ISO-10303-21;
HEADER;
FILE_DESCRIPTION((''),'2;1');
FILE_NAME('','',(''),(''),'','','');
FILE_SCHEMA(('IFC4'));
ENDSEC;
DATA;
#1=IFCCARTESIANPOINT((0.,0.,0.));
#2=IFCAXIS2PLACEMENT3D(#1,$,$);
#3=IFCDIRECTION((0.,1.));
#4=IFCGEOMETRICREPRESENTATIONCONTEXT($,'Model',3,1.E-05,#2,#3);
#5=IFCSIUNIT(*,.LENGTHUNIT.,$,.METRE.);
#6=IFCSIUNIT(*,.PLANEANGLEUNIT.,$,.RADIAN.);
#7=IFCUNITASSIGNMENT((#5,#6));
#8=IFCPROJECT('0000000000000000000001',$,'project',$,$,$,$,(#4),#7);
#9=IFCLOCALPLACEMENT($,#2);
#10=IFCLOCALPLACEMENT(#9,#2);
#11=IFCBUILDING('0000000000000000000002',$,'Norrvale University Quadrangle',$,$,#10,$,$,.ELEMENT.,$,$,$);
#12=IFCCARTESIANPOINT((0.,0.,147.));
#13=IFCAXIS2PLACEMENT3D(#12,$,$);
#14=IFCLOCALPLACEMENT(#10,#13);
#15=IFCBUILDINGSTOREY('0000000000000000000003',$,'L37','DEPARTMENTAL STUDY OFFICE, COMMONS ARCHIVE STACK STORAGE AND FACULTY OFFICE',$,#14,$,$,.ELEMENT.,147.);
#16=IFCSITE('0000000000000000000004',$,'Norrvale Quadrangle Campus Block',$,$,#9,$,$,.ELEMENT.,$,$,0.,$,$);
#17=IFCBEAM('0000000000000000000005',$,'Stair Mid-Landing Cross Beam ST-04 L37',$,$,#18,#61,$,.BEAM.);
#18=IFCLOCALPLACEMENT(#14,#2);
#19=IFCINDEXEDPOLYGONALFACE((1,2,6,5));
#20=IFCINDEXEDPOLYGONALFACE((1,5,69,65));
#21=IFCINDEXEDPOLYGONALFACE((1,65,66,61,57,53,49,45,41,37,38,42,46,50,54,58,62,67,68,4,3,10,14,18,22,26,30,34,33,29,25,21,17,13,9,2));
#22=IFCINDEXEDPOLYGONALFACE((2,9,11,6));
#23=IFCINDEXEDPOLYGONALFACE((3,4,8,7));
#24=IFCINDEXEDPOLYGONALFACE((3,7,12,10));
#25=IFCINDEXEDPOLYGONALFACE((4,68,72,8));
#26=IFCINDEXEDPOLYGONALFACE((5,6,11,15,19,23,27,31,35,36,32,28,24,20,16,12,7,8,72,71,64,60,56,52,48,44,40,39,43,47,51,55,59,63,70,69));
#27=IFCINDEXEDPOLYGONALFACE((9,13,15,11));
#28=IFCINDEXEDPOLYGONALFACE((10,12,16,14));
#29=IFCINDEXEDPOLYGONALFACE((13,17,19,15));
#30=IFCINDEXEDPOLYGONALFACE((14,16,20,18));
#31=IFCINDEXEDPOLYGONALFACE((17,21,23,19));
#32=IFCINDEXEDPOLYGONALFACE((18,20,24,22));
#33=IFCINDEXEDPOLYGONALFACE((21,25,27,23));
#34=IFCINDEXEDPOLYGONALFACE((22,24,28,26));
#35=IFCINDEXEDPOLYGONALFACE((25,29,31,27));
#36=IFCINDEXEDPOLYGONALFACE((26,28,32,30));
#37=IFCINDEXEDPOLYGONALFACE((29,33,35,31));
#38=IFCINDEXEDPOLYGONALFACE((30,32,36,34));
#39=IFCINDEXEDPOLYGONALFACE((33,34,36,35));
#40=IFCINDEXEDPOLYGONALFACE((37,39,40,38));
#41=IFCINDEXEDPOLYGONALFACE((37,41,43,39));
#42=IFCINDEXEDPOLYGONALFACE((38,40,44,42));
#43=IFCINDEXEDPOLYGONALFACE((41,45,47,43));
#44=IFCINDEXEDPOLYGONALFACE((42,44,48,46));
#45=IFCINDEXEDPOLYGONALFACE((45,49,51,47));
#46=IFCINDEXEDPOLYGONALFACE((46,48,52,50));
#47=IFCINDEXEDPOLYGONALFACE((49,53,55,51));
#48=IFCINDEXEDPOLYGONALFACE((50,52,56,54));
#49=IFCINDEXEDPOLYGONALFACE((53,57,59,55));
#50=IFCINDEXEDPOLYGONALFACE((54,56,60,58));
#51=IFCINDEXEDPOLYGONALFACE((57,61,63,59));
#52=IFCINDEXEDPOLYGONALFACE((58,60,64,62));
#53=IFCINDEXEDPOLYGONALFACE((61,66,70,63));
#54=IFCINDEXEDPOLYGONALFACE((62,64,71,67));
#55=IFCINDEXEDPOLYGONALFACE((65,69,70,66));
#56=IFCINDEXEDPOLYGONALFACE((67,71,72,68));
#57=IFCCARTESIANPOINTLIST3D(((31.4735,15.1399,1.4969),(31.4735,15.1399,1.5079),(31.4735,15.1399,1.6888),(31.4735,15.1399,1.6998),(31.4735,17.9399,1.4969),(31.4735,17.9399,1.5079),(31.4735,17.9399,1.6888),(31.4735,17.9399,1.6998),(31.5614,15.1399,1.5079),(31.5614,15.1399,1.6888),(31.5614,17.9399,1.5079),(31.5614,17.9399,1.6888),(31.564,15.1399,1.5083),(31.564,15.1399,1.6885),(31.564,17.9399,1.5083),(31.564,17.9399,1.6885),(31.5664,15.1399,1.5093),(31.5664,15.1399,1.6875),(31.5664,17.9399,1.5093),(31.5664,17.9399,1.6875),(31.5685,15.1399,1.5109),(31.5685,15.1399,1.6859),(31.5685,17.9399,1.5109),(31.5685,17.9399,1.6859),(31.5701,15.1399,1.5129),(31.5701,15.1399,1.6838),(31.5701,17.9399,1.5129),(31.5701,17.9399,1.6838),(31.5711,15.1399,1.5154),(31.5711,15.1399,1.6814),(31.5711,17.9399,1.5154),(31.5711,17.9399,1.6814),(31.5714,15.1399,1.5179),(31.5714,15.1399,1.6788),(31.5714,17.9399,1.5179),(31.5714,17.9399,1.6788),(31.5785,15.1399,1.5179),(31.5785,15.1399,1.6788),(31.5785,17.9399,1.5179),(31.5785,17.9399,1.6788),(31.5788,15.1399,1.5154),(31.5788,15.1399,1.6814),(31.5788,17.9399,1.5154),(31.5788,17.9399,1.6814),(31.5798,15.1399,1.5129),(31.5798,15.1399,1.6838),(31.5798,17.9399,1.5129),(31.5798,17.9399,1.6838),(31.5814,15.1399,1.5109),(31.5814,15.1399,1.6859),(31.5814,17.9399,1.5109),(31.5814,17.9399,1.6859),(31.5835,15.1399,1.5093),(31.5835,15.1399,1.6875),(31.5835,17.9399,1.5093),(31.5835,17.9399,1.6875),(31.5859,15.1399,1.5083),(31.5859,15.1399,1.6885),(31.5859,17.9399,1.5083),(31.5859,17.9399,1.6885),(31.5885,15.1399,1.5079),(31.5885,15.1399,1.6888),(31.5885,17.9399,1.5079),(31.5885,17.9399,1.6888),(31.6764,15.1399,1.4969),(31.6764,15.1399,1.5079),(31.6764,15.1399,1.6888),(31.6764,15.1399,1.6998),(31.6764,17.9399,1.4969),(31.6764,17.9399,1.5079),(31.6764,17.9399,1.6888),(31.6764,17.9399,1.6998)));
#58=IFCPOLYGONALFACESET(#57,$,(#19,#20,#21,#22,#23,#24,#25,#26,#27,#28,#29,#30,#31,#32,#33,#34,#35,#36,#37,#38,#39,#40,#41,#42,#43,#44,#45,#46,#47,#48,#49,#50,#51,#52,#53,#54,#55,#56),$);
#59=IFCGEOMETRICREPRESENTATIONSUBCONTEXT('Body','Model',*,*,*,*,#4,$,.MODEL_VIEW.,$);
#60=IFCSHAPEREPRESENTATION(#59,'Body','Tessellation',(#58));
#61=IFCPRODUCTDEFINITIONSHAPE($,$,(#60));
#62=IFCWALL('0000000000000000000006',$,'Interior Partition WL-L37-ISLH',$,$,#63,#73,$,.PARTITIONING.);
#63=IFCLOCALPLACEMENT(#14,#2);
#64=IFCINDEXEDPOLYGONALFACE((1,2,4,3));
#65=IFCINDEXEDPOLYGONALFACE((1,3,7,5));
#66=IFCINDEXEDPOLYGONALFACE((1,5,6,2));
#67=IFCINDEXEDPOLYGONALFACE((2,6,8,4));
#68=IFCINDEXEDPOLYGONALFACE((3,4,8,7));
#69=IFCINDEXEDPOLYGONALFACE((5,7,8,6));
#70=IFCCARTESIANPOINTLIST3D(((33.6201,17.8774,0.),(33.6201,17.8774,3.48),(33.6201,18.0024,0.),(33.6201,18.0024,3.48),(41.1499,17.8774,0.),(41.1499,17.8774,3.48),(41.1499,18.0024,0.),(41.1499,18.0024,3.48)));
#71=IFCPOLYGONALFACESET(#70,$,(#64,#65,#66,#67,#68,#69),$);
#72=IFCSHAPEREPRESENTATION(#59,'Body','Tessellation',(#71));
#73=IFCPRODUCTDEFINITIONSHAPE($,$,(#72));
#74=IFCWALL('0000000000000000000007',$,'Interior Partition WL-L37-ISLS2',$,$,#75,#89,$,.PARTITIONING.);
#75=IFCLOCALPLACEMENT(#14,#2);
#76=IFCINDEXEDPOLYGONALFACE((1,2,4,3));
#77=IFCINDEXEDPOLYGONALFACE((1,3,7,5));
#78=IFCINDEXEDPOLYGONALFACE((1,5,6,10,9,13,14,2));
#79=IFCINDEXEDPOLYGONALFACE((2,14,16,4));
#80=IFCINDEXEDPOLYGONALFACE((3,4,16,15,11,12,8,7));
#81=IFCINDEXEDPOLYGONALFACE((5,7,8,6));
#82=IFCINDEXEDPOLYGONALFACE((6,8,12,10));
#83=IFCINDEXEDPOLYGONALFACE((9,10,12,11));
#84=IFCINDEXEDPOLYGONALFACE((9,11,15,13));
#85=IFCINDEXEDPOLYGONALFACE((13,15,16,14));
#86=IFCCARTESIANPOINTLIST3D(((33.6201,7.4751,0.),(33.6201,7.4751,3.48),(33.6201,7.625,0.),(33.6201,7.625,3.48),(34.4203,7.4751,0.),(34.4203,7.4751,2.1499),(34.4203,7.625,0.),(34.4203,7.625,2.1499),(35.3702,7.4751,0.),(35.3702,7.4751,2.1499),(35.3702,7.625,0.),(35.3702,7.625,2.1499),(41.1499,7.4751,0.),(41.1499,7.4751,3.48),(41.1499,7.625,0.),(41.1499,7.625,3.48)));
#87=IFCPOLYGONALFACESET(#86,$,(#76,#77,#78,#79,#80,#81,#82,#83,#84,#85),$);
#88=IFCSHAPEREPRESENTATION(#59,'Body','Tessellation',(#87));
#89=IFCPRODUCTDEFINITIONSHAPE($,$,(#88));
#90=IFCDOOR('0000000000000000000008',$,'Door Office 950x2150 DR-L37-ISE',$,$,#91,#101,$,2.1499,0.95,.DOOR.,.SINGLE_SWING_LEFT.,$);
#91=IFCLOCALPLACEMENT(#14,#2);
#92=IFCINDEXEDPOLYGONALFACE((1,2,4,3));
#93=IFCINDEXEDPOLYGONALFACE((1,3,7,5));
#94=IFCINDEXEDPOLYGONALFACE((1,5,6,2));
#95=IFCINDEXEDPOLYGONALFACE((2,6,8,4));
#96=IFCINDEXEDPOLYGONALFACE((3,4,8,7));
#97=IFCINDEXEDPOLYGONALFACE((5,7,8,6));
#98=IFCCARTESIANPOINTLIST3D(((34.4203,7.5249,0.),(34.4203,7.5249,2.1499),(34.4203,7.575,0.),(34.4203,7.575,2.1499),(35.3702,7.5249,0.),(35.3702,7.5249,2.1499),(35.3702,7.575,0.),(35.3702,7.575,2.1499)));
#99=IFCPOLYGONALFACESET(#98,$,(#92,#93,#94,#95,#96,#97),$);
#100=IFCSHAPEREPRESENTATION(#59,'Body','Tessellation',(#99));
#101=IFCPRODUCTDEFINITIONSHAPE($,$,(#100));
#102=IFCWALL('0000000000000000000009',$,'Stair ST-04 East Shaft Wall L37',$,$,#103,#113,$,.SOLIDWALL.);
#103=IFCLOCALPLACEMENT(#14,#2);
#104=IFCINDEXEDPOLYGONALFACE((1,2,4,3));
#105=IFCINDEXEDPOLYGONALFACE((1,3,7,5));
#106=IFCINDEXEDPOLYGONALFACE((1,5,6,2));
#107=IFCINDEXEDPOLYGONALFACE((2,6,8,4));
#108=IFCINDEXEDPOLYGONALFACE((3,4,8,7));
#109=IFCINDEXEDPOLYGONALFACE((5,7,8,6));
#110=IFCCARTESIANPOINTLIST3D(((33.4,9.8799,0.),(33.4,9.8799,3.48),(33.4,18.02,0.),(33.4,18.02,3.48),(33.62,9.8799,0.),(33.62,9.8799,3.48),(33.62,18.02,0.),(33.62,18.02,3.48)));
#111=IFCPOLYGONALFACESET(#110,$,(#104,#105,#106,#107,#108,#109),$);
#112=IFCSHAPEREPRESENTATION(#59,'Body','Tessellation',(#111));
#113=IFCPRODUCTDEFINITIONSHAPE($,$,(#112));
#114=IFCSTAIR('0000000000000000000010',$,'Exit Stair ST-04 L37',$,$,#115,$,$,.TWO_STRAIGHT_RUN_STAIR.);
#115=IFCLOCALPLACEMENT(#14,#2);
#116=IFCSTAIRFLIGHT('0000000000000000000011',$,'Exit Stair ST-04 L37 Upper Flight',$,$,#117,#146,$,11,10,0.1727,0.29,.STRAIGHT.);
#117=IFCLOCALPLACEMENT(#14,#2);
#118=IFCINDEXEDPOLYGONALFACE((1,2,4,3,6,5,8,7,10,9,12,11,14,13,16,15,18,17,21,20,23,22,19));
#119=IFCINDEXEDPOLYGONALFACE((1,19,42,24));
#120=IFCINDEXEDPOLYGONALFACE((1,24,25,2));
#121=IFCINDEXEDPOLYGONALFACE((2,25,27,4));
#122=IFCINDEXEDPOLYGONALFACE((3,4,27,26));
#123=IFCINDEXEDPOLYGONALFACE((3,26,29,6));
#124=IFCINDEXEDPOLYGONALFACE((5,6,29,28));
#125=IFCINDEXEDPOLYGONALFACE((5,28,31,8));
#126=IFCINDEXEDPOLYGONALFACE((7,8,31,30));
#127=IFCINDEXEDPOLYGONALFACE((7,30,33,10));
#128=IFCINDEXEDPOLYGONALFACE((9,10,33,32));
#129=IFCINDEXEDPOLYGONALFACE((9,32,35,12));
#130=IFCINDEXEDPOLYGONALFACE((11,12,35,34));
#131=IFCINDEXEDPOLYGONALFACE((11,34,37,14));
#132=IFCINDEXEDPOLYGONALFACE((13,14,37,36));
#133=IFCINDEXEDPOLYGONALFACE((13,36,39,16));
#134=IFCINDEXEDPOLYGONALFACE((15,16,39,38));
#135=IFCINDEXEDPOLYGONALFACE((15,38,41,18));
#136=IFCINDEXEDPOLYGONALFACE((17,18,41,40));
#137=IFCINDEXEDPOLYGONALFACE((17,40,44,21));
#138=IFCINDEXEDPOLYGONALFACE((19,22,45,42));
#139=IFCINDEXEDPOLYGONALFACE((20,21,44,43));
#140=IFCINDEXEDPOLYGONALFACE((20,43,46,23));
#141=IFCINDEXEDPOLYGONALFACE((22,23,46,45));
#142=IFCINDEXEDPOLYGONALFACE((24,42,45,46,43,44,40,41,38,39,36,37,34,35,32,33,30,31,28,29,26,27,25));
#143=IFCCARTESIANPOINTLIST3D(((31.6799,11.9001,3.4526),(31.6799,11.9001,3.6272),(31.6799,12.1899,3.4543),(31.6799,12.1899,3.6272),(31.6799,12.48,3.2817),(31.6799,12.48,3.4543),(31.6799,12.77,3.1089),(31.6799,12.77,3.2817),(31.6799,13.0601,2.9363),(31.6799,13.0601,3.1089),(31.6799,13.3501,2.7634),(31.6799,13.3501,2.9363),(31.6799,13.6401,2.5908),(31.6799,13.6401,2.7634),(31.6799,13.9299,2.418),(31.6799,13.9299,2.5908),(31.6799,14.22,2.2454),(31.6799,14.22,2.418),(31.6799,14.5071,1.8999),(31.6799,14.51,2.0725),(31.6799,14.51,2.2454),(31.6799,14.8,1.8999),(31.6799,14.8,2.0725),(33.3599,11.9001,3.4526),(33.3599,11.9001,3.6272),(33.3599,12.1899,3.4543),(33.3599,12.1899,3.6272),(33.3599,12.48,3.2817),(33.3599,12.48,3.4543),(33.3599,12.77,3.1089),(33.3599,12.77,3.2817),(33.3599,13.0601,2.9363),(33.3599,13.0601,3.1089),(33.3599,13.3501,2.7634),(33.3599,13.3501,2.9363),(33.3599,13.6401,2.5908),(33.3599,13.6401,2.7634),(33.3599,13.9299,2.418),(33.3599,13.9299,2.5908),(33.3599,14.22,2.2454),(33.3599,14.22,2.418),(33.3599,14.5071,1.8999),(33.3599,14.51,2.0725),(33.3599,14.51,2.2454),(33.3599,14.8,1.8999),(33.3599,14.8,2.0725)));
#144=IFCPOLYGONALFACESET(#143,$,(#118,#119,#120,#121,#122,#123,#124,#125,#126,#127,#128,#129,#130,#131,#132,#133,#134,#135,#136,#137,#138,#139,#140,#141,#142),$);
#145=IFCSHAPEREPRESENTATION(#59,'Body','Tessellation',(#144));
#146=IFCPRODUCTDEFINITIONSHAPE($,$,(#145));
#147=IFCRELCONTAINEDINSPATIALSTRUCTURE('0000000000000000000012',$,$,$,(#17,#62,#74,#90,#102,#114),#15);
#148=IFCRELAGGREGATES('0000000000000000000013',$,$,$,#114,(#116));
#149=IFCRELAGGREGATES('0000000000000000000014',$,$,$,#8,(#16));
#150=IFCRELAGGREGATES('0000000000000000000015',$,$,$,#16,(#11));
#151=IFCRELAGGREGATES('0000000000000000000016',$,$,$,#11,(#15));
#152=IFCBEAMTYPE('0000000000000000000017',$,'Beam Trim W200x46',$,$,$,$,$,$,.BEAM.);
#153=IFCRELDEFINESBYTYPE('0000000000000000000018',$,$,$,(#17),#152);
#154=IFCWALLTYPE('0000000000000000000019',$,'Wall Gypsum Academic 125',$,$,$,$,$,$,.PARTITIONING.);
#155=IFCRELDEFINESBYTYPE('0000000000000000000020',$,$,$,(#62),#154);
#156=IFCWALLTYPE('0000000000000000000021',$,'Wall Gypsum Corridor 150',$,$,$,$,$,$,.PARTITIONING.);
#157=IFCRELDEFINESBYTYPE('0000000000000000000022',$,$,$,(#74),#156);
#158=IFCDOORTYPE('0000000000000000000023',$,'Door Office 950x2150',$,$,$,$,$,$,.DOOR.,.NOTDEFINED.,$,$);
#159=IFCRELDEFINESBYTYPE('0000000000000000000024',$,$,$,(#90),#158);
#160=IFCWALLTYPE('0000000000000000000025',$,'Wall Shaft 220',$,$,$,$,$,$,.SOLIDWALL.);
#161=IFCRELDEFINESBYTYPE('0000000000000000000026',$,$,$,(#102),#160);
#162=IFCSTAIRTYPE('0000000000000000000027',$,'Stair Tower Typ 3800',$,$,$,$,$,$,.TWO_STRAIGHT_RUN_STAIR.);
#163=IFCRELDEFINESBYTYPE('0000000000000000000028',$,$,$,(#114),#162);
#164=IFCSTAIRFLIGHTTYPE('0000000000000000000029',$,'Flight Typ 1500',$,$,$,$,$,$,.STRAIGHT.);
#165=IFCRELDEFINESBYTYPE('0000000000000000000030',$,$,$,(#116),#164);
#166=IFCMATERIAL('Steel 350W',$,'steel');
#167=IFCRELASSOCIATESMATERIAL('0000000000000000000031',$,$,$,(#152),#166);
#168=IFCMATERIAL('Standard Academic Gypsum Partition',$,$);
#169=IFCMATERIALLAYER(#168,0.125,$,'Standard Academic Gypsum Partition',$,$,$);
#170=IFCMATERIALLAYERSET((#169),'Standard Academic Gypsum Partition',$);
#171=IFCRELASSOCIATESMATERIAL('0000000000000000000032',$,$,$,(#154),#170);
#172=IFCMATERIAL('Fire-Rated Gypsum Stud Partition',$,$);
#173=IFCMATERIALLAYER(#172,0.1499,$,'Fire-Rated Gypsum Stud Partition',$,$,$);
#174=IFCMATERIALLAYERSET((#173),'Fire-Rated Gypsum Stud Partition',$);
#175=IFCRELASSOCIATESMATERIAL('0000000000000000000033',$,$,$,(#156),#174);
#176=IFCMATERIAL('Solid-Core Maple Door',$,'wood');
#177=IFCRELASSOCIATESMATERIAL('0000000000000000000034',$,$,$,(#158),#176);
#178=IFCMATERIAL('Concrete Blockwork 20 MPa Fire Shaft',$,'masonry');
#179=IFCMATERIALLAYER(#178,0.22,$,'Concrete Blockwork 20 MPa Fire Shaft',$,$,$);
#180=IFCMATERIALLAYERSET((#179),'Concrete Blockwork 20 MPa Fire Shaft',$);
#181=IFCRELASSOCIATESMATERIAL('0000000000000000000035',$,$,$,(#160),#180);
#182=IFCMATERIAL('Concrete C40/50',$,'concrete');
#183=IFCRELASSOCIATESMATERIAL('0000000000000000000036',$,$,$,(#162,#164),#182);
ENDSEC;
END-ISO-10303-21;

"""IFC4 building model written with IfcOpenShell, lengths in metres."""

from ifc_helpers import new_model, si_unit, direction, frame, frame_2d, origin, origin_2d, place, context, subcontext, project, spatial, polyline, rectangle, i_section, outline, extrude, material, layer, layer_set, material_profile, profile_set, type_object, element, fill, aggregate, save


model = new_model("IFC4")

# Units and contexts
model_context = context("Model", 3, precision=1e-05, world=origin(), true_north=direction((0.0, 1.0)))
body_context = subcontext(model_context, "Body", "Model", "MODEL_VIEW")
ifc_project = project(units=[si_unit("LENGTHUNIT", "METRE"), si_unit("PLANEANGLEUNIT", "RADIAN")], contexts=[model_context])

# Site, building, storey
site_placement = place(None, origin())
site = spatial("IfcSite", under=ifc_project, at=site_placement, Name="Norrvale Quadrangle Campus Block", CompositionType="ELEMENT", RefElevation=0.0)
building_placement = place(site_placement, origin())
building = spatial("IfcBuilding", under=site, at=building_placement, Name="Norrvale University Quadrangle", CompositionType="ELEMENT")
storey_placement = place(building_placement, frame((0.0, 0.0, 147.0)))
storey = spatial("IfcBuildingStorey", under=building, at=storey_placement, Name="L37", Description="DEPARTMENTAL STUDY OFFICE, COMMONS ARCHIVE STACK STORAGE AND FACULTY OFFICE", CompositionType="ELEMENT", Elevation=147.0)

# Beam
ifc_material_1 = material(Name="Steel 350W", Category="steel")
ifc_material_profile_1 = material_profile(ifc_material_1, i_section(OverallWidth=0.2029, OverallDepth=0.2029, WebThickness=0.0071, FlangeThickness=0.011, FilletRadius=0.01, at=origin_2d()), Name="Steel 350W")
ifc_profile_set_1 = profile_set([ifc_material_profile_1], Name="Steel 350W")
beam_type_1 = type_object("IfcBeamType", Name="Beam Trim W200x46", PredefinedType="BEAM", material=ifc_profile_set_1)
beam_1_placement = place(storey_placement, frame((31.575, 15.1399, 1.5984), z_axis=(0.0, 1.0, 0.0), x_axis=(-1.0, 0.0, 0.0)))
element("IfcBeam", 1, at=beam_1_placement, inside=storey, type_object=beam_type_1, Name="Stair Mid-Landing Cross Beam ST-04 L37", PredefinedType="BEAM", context=body_context, shape_type="SweptSolid", body=[
    extrude(i_section(OverallWidth=0.2029, OverallDepth=0.2029, WebThickness=0.0071, FlangeThickness=0.011, FilletRadius=0.01, at=origin_2d()), origin(), (0.0, 0.0, 1.0), 2.8),
])

# Wall
ifc_material_2 = material(Name="Standard Academic Gypsum Partition")
ifc_layer_1 = layer(ifc_material_2, 0.125, Name="Standard Academic Gypsum Partition")
ifc_layer_set_1 = layer_set([ifc_layer_1], Name="Standard Academic Gypsum Partition")
wall_type_1 = type_object("IfcWallType", Name="Wall Gypsum Academic 125", PredefinedType="PARTITIONING", material=ifc_layer_set_1)
wall_1_placement = place(storey_placement, frame((33.6201, 17.9399, 0.0), z_axis=(0.0, 0.0, 1.0), x_axis=(1.0, 0.0, 0.0)))
element("IfcWall", 2, at=wall_1_placement, inside=storey, type_object=wall_type_1, Name="Interior Partition WL-L37-ISLH", PredefinedType="PARTITIONING", context=body_context, shape_type="SweptSolid", body=[
    extrude(rectangle(XDim=7.5298, YDim=0.125, at=frame_2d((3.7649, 0.0))), origin(), (0.0, 0.0, 1.0), 3.48),
])

# Wall, opening, door
ifc_material_3 = material(Name="Fire-Rated Gypsum Stud Partition")
ifc_layer_2 = layer(ifc_material_3, 0.1499, Name="Fire-Rated Gypsum Stud Partition")
ifc_layer_set_2 = layer_set([ifc_layer_2], Name="Fire-Rated Gypsum Stud Partition")
wall_type_2 = type_object("IfcWallType", Name="Wall Gypsum Corridor 150", PredefinedType="PARTITIONING", material=ifc_layer_set_2)
wall_2_placement = place(storey_placement, frame((33.6201, 7.55, 0.0), z_axis=(0.0, 0.0, 1.0), x_axis=(1.0, 0.0, 0.0)))
wall_2 = element("IfcWall", 3, at=wall_2_placement, inside=storey, type_object=wall_type_2, Name="Interior Partition WL-L37-ISLS2", PredefinedType="PARTITIONING", context=body_context, shape_type="SweptSolid", body=[
    extrude(rectangle(XDim=7.5298, YDim=0.1499, at=frame_2d((3.7649, 0.0))), origin(), (0.0, 0.0, 1.0), 3.48),
])
opening_placement = place(wall_2_placement, frame((0.8, 0.0, 0.0)))
opening = element("IfcOpeningElement", 4, at=opening_placement, cuts=wall_2, PredefinedType="OPENING", context=body_context, shape_type="SweptSolid", body=[
    extrude(rectangle(XDim=0.95, YDim=2.1499, at=frame_2d((0.4751, 1.075))), frame((0.0, 0.0869, 0.0), z_axis=(0.0, -1.0, 0.0), x_axis=(1.0, 0.0, 0.0)), (0.0, 0.0, 1.0), 0.1738),
])
ifc_material_4 = material(Name="Solid-Core Maple Door", Category="wood")
door_type = type_object("IfcDoorType", Name="Door Office 950x2150", OperationType="NOTDEFINED", PredefinedType="DOOR", material=ifc_material_4)
door_placement = place(opening_placement, origin())
door = element("IfcDoor", 5, at=door_placement, inside=storey, type_object=door_type, Name="Door Office 950x2150 DR-L37-ISE", OperationType="SINGLE_SWING_LEFT", OverallHeight=2.1499, OverallWidth=0.95, PredefinedType="DOOR", context=body_context, shape_type="SweptSolid", body=[
    extrude(rectangle(XDim=0.95, YDim=2.1499, at=frame_2d((0.4751, 1.075))), frame((0.0, 0.0249, 0.0), z_axis=(0.0, -1.0, 0.0), x_axis=(1.0, 0.0, 0.0)), (0.0, 0.0, 1.0), 0.05),
])
fill(opening, door)

# Wall
ifc_material_5 = material(Name="Concrete Blockwork 20 MPa Fire Shaft", Category="masonry")
ifc_layer_3 = layer(ifc_material_5, 0.22, Name="Concrete Blockwork 20 MPa Fire Shaft")
ifc_layer_set_3 = layer_set([ifc_layer_3], Name="Concrete Blockwork 20 MPa Fire Shaft")
wall_type_3 = type_object("IfcWallType", Name="Wall Shaft 220", PredefinedType="SOLIDWALL", material=ifc_layer_set_3)
wall_3_placement = place(storey_placement, frame((33.51, 9.8799, 0.0), z_axis=(0.0, 0.0, 1.0), x_axis=(0.0, 1.0, 0.0)))
element("IfcWall", 6, at=wall_3_placement, inside=storey, type_object=wall_type_3, Name="Stair ST-04 East Shaft Wall L37", PredefinedType="SOLIDWALL", context=body_context, shape_type="SweptSolid", body=[
    extrude(rectangle(XDim=8.1401, YDim=0.22, at=frame_2d((4.0701, 0.0))), origin(), (0.0, 0.0, 1.0), 3.48),
])

# Stair, stair flight
ifc_material_6 = material(Name="Concrete C40/50", Category="concrete")
stair_type = type_object("IfcStairType", Name="Stair Tower Typ 3800", PredefinedType="TWO_STRAIGHT_RUN_STAIR", material=ifc_material_6)
stair_placement = place(storey_placement, origin())
stair = element("IfcStair", 7, at=stair_placement, inside=storey, type_object=stair_type, Name="Exit Stair ST-04 L37", PredefinedType="TWO_STRAIGHT_RUN_STAIR")
stair_flight_type = type_object("IfcStairFlightType", Name="Flight Typ 1500", PredefinedType="STRAIGHT", material=ifc_material_6)
stair_flight_placement = place(storey_placement, frame((32.52, 14.8, 1.8999), z_axis=(0.0, 0.0, 1.0), x_axis=(0.0, -1.0, 0.0)))
stair_flight = element("IfcStairFlight", 8, at=stair_flight_placement, type_object=stair_flight_type, Name="Exit Stair ST-04 L37 Upper Flight", NumberOfRisers=11, NumberOfTreads=10, PredefinedType="STRAIGHT", RiserHeight=0.1727, TreadLength=0.29, context=body_context, shape_type="SweptSolid", body=[
    extrude(outline(polyline([(0.0, 0.0), (0.0, 0.1726), (0.29, 0.1726), (0.29, 0.3455), (0.5801, 0.3455), (0.5801, 0.5181), (0.8701, 0.5181), (0.8701, 0.6909), (1.1599, 0.6909), (1.1599, 0.8635), (1.45, 0.8635), (1.45, 1.0364), (1.74, 1.0364), (1.74, 1.209), (2.03, 1.209), (2.03, 1.3818), (2.3201, 1.3818), (2.3201, 1.5544), (2.6101, 1.5544), (2.6101, 1.7273), (2.8999, 1.7273), (2.8999, 1.8999), (2.8999, 1.5527), (0.293, 0.0), (0.0, 0.0)])), frame((0.0, 0.8398, 0.0), z_axis=(0.0, -1.0, 0.0), x_axis=(1.0, 0.0, 0.0)), (0.0, 0.0, 1.0), 1.6799),
])
aggregate(stair, [stair_flight])

save(model, "model.ifc")
